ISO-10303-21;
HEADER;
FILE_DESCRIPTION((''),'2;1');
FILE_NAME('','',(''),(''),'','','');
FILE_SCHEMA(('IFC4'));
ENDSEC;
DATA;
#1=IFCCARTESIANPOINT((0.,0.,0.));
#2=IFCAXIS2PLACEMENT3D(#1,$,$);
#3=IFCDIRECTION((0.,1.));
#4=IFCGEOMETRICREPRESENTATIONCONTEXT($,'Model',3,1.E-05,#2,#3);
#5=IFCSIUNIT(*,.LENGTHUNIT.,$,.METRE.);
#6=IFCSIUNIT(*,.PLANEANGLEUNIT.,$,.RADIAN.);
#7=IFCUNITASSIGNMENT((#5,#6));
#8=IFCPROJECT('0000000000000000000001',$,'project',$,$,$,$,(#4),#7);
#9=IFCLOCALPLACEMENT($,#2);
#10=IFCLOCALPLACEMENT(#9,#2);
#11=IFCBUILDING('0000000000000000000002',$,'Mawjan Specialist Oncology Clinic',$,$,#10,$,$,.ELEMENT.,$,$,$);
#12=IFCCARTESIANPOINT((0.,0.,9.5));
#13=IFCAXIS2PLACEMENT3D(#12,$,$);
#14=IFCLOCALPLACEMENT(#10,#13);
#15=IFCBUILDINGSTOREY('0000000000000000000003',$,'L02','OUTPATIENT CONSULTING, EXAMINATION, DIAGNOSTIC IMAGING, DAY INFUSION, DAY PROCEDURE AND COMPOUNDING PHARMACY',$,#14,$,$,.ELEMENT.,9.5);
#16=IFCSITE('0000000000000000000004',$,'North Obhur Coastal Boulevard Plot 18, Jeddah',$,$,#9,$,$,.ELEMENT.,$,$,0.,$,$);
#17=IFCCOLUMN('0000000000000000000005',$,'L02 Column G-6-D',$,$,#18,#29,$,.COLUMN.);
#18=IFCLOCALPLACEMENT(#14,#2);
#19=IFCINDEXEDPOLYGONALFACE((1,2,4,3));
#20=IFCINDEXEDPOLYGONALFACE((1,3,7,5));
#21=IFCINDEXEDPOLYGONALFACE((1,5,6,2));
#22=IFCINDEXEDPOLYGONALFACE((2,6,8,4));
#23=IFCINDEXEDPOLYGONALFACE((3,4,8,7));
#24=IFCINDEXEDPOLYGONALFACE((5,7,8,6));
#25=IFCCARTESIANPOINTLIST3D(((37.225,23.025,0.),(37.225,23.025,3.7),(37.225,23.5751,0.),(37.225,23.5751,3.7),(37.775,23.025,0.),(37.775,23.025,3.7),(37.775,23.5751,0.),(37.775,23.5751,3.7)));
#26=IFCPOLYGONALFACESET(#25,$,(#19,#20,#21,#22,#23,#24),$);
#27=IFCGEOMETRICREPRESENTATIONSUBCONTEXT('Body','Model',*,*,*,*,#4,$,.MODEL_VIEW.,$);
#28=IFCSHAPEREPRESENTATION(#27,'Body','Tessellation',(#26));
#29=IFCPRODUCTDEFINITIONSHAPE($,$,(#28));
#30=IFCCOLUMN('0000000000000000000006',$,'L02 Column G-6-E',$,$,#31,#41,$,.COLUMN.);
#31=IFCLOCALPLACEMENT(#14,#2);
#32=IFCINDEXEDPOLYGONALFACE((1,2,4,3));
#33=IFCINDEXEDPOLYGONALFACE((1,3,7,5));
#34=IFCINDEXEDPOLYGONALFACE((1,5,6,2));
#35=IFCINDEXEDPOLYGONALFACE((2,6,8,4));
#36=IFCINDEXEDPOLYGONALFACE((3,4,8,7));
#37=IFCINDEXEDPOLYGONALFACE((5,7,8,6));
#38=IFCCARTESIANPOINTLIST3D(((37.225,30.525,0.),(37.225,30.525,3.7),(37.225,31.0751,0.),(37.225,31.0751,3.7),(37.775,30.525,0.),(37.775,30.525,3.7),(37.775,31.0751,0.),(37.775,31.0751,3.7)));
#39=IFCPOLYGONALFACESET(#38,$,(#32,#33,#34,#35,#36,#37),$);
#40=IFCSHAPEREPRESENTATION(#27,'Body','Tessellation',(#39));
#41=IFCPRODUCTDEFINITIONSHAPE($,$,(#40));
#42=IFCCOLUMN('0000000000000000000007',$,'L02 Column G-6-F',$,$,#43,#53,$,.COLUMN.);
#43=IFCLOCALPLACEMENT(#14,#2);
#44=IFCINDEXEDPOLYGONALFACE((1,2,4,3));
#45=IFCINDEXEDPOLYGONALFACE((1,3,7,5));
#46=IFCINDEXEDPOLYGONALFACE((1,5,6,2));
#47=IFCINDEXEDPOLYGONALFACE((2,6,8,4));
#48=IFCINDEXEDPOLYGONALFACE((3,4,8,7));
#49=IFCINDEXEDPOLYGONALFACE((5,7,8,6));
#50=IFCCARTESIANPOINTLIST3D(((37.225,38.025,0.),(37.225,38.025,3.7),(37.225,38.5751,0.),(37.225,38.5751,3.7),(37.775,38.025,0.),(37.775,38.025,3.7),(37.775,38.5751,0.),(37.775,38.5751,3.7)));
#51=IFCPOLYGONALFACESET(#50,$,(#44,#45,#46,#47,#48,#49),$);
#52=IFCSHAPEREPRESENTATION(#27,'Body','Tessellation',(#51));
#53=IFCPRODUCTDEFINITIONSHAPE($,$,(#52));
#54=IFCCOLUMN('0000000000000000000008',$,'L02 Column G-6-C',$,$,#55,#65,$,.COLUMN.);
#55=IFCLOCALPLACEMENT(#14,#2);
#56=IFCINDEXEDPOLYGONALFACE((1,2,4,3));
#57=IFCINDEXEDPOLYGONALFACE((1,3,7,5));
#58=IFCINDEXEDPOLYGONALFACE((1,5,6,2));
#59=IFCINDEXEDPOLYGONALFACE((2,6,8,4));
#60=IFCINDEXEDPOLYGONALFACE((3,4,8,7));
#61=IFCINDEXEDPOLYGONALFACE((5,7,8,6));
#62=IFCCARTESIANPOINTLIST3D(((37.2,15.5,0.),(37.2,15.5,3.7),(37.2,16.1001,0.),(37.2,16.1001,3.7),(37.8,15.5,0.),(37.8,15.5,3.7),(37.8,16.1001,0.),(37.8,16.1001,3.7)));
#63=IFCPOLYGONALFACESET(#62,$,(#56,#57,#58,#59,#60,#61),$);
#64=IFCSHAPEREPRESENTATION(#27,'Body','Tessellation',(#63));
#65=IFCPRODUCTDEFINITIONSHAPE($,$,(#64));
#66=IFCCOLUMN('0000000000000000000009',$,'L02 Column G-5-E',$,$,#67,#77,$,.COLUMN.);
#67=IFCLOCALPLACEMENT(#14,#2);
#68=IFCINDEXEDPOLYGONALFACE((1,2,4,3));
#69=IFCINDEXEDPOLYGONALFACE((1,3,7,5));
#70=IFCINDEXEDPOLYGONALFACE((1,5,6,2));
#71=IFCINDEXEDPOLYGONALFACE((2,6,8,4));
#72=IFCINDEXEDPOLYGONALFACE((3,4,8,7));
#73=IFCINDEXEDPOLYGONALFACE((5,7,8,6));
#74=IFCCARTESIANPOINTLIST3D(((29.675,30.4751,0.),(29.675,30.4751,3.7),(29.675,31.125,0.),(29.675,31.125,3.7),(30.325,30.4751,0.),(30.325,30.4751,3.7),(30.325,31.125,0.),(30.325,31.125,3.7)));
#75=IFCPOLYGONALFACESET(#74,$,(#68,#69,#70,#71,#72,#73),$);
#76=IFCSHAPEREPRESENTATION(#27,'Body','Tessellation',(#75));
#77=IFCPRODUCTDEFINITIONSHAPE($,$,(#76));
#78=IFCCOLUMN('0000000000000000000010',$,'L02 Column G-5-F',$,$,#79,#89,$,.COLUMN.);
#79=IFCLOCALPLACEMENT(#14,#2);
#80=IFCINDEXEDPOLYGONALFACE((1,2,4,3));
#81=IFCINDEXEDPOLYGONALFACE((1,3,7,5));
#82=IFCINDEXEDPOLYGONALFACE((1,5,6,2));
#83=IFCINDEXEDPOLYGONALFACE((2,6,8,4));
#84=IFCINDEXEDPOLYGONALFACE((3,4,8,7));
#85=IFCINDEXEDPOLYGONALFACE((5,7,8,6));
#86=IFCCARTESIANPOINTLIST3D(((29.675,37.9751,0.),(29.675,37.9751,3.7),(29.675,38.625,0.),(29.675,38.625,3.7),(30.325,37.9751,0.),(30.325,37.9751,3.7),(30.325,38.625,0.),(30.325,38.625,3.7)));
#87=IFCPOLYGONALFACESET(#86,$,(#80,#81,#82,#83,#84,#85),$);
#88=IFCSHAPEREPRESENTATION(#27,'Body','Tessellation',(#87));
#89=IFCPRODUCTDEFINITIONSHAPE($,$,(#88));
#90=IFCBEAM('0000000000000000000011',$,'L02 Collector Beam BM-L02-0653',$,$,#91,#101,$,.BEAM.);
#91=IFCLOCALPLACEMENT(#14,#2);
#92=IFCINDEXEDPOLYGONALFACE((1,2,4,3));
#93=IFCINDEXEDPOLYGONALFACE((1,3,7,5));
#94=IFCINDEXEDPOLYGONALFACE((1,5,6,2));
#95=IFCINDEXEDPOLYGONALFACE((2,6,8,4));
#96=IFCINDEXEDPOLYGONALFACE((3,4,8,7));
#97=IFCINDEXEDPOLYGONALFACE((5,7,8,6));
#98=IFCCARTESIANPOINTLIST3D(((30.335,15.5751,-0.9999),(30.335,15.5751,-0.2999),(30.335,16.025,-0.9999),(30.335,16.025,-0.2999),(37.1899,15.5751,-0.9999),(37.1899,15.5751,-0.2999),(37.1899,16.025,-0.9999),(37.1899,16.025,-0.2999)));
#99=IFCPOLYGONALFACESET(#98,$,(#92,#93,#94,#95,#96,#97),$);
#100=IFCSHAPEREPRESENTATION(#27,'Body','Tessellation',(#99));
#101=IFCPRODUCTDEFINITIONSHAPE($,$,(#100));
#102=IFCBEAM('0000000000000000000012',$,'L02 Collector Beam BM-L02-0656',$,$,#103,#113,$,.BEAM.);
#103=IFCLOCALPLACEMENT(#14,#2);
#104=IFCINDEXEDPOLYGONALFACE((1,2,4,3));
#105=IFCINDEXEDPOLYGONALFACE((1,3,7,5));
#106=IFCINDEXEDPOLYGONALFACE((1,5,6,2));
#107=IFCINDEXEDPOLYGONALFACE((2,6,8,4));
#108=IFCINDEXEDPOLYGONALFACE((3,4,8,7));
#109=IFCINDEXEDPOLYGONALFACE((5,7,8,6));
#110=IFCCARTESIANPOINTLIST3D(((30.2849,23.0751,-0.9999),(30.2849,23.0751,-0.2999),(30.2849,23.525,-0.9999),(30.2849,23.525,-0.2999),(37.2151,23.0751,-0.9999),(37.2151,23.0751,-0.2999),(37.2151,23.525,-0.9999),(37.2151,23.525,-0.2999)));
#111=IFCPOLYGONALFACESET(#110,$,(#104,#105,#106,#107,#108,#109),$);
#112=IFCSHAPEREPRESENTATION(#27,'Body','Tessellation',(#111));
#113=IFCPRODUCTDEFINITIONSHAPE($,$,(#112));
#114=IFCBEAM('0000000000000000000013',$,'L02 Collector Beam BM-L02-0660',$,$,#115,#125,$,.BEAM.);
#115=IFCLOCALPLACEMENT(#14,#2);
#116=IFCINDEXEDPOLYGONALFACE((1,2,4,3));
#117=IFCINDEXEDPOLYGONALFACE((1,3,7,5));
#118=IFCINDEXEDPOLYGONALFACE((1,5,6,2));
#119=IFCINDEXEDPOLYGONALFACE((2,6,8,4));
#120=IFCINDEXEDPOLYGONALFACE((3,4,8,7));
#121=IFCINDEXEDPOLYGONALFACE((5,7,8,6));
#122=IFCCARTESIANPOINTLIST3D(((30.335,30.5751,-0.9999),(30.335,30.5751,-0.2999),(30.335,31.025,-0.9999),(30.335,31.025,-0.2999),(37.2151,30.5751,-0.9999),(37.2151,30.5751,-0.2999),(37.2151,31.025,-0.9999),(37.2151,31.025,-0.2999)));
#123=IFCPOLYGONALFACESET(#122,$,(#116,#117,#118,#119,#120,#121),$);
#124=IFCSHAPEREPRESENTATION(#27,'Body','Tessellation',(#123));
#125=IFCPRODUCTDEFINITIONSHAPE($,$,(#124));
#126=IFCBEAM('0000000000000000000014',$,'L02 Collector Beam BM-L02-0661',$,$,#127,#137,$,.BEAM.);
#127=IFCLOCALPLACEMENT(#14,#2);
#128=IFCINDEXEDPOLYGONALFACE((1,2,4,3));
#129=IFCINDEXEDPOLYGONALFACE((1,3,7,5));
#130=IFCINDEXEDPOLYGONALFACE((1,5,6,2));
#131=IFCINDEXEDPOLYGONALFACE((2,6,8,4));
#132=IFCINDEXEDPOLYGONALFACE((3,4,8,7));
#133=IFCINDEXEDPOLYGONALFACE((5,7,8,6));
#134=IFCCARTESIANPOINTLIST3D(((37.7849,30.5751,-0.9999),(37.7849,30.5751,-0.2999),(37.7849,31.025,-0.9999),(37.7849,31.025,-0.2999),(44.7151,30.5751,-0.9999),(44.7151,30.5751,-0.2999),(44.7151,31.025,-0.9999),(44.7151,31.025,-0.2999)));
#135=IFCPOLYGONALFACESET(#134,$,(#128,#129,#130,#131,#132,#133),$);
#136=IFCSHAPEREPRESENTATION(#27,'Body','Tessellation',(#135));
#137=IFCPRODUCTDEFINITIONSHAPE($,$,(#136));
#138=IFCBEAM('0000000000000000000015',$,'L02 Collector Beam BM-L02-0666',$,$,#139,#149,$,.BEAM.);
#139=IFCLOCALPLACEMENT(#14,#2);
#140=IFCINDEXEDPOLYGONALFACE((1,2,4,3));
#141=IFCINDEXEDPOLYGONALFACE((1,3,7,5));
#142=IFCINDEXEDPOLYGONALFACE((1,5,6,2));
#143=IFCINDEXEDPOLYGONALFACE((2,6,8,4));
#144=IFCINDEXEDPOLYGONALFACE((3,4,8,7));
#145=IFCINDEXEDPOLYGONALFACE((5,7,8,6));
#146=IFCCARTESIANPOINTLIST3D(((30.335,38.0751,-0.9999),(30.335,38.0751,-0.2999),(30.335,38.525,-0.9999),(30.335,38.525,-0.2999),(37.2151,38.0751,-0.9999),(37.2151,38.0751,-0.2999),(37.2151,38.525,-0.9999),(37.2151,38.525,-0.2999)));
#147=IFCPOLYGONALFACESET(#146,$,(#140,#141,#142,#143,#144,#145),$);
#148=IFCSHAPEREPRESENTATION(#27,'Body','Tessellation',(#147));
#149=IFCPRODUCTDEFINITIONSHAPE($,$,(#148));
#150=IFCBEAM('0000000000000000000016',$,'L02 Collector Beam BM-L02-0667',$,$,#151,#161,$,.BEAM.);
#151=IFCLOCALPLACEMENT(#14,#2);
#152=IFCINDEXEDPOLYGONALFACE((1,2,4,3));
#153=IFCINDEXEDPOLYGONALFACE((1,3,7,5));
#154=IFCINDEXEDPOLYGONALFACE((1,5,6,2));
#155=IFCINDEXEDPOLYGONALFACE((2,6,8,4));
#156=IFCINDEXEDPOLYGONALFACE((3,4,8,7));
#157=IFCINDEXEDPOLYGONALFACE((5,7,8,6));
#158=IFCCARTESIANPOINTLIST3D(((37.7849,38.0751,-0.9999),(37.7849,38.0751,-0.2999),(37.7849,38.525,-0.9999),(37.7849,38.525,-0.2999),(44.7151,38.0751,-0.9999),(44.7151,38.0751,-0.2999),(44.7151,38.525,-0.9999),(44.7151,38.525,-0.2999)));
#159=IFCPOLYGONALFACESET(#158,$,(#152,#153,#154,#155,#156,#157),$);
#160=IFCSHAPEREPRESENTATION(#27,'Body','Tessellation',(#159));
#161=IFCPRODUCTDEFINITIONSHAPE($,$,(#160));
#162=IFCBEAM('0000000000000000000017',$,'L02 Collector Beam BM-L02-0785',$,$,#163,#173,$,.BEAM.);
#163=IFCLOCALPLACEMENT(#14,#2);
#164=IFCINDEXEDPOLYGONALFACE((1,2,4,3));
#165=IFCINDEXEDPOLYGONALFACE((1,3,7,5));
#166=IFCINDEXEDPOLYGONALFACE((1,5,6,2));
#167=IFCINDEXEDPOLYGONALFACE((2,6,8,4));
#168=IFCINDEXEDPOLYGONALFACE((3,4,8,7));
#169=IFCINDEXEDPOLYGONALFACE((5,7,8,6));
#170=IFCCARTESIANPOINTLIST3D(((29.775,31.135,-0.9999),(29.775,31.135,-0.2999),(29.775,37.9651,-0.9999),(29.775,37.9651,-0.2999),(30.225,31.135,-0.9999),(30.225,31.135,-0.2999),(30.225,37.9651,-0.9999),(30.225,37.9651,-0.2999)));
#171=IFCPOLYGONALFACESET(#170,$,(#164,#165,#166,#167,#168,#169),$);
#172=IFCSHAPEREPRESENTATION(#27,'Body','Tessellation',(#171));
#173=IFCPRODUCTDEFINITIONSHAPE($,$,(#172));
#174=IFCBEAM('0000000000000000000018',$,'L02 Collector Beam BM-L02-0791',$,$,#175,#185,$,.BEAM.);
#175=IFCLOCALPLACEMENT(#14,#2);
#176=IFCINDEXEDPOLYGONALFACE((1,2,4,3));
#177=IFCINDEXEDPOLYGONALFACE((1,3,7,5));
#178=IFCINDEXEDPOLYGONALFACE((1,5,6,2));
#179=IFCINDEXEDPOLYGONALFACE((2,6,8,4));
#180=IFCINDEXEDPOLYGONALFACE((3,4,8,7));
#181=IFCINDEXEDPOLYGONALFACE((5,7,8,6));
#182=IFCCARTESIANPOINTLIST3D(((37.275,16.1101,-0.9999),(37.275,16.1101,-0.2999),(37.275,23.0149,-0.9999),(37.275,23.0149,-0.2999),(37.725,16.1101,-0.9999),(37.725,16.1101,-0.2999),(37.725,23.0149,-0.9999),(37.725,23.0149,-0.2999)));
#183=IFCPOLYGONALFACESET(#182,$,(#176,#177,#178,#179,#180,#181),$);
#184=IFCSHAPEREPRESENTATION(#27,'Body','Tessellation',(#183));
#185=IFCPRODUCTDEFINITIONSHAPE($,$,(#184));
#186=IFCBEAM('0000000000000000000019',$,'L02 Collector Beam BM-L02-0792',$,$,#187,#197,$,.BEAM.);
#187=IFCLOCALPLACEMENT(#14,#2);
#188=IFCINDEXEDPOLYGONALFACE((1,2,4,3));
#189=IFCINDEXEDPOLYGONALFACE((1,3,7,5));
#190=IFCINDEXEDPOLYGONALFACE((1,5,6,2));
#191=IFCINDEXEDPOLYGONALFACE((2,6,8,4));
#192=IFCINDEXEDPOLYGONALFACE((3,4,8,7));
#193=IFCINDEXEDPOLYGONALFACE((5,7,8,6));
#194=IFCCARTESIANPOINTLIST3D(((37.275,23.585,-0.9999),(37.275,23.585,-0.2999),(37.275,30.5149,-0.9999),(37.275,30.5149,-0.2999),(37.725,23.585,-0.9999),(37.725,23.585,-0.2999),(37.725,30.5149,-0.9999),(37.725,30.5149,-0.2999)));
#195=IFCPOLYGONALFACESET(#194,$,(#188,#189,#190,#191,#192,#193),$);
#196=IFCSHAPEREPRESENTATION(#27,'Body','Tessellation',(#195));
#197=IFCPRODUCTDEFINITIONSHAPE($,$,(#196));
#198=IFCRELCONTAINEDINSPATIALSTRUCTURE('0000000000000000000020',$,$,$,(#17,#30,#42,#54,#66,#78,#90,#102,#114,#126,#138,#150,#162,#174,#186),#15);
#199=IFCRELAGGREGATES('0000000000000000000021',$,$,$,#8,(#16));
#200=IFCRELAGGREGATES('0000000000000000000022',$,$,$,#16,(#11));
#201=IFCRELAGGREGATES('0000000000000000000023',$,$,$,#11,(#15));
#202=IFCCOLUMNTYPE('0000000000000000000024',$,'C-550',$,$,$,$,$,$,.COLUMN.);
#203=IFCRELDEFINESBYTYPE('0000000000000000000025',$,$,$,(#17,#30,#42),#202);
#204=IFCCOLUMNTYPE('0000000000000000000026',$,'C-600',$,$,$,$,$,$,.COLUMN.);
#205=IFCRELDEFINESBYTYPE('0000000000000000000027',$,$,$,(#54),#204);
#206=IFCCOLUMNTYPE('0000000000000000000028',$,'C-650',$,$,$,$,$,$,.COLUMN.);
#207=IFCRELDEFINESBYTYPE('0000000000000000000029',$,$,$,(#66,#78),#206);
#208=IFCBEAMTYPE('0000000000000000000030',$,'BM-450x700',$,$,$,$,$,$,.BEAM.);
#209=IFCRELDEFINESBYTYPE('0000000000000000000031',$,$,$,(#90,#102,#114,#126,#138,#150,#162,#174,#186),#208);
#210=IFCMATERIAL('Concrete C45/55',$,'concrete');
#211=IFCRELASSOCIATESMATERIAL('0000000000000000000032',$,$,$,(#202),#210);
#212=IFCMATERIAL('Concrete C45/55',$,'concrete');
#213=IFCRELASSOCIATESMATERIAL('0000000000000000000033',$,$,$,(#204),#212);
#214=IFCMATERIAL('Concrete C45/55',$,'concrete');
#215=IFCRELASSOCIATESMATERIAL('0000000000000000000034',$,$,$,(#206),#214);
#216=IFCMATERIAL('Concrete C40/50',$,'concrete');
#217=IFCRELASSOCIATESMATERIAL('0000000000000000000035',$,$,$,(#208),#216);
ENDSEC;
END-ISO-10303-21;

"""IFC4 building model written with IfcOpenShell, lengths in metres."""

from ifc_helpers import new_model, si_unit, direction, frame, origin, origin_2d, place, context, subcontext, project, spatial, rectangle, extrude, material, material_profile, profile_set, type_object, element, save


model = new_model("IFC4")

# Units and contexts
model_context = context("Model", 3, precision=1e-05, world=origin(), true_north=direction((0.0, 1.0)))
body_context = subcontext(model_context, "Body", "Model", "MODEL_VIEW")
ifc_project = project(units=[si_unit("LENGTHUNIT", "METRE"), si_unit("PLANEANGLEUNIT", "RADIAN")], contexts=[model_context])

# Site, building, storey
site_placement = place(None, origin())
site = spatial("IfcSite", under=ifc_project, at=site_placement, Name="North Obhur Coastal Boulevard Plot 18, Jeddah", CompositionType="ELEMENT", RefElevation=0.0)
building_placement = place(site_placement, origin())
building = spatial("IfcBuilding", under=site, at=building_placement, Name="Mawjan Specialist Oncology Clinic", CompositionType="ELEMENT")
storey_placement = place(building_placement, frame((0.0, 0.0, 9.5)))
storey = spatial("IfcBuildingStorey", under=building, at=storey_placement, Name="L02", Description="OUTPATIENT CONSULTING, EXAMINATION, DIAGNOSTIC IMAGING, DAY INFUSION, DAY PROCEDURE AND COMPOUNDING PHARMACY", CompositionType="ELEMENT", Elevation=9.5)

# Columns
ifc_material_1 = material(Name="Concrete C45/55", Category="concrete")
ifc_material_profile_1 = material_profile(ifc_material_1, rectangle(XDim=0.55, YDim=0.55, at=origin_2d()), Name="RC COL 550x550", Category="concrete")
ifc_profile_set_1 = profile_set([ifc_material_profile_1], Name="Concrete C45/55")
column_type_1 = type_object("IfcColumnType", Name="C-550", PredefinedType="COLUMN", material=ifc_profile_set_1)
for number, where, z_axis, x_axis, name in (
    (1, (37.5, 23.3, 0.0), (0.0, 0.0, 1.0), (1.0, 0.0, 0.0), "L02 Column G-6-D"),
    (2, (37.5, 30.8, 0.0), (0.0, 0.0, 1.0), (1.0, 0.0, 0.0), "L02 Column G-6-E"),
    (3, (37.5, 38.3, 0.0), (0.0, 0.0, 1.0), (1.0, 0.0, 0.0), "L02 Column G-6-F"),
):
    element("IfcColumn", number, at=place(storey_placement, frame(where, z_axis=z_axis, x_axis=x_axis)), inside=storey, type_object=column_type_1, Name=name, PredefinedType="COLUMN", context=body_context, shape_type="SweptSolid", body=[
        extrude(rectangle(XDim=0.55, YDim=0.55, at=origin_2d()), origin(), (0.0, 0.0, 1.0), 3.7),
    ])
ifc_material_2 = material(Name="Concrete C45/55", Category="concrete")
ifc_material_profile_2 = material_profile(ifc_material_2, rectangle(XDim=0.6001, YDim=0.6001, at=origin_2d()), Name="RC COL 600x600", Category="concrete")
ifc_profile_set_2 = profile_set([ifc_material_profile_2], Name="Concrete C45/55")
column_type_2 = type_object("IfcColumnType", Name="C-600", PredefinedType="COLUMN", material=ifc_profile_set_2)
column_placement = place(storey_placement, frame((37.5, 15.8, 0.0), z_axis=(0.0, 0.0, 1.0), x_axis=(1.0, 0.0, 0.0)))
element("IfcColumn", 4, at=column_placement, inside=storey, type_object=column_type_2, Name="L02 Column G-6-C", PredefinedType="COLUMN", context=body_context, shape_type="SweptSolid", body=[
    extrude(rectangle(XDim=0.6001, YDim=0.6001, at=origin_2d()), origin(), (0.0, 0.0, 1.0), 3.7),
])
ifc_material_3 = material(Name="Concrete C45/55", Category="concrete")
ifc_material_profile_3 = material_profile(ifc_material_3, rectangle(XDim=0.6499, YDim=0.6499, at=origin_2d()), Name="RC COL 650x650", Category="concrete")
ifc_profile_set_3 = profile_set([ifc_material_profile_3], Name="Concrete C45/55")
column_type_3 = type_object("IfcColumnType", Name="C-650", PredefinedType="COLUMN", material=ifc_profile_set_3)
for number, where, z_axis, x_axis, name in (
    (5, (30.0, 30.8, 0.0), (0.0, 0.0, 1.0), (1.0, 0.0, 0.0), "L02 Column G-5-E"),
    (6, (30.0, 38.3, 0.0), (0.0, 0.0, 1.0), (1.0, 0.0, 0.0), "L02 Column G-5-F"),
):
    element("IfcColumn", number, at=place(storey_placement, frame(where, z_axis=z_axis, x_axis=x_axis)), inside=storey, type_object=column_type_3, Name=name, PredefinedType="COLUMN", context=body_context, shape_type="SweptSolid", body=[
        extrude(rectangle(XDim=0.6499, YDim=0.6499, at=origin_2d()), origin(), (0.0, 0.0, 1.0), 3.7),
    ])

# Beams
ifc_material_4 = material(Name="Concrete C40/50", Category="concrete")
ifc_material_profile_4 = material_profile(ifc_material_4, rectangle(XDim=0.45, YDim=0.7, at=origin_2d()), Name="RC BM 450x700", Category="concrete")
ifc_profile_set_4 = profile_set([ifc_material_profile_4], Name="Concrete C40/50")
beam_type_1 = type_object("IfcBeamType", Name="BM-450x700", PredefinedType="BEAM", material=ifc_profile_set_4)
beam_1_placement = place(storey_placement, frame((30.335, 15.8, -0.6499), z_axis=(1.0, 0.0, 0.0), x_axis=(0.0, 1.0, 0.0)))
element("IfcBeam", 7, at=beam_1_placement, inside=storey, type_object=beam_type_1, Name="L02 Collector Beam BM-L02-0653", PredefinedType="BEAM", context=body_context, shape_type="SweptSolid", body=[
    extrude(rectangle(XDim=0.45, YDim=0.7, at=origin_2d()), origin(), (0.0, 0.0, 1.0), 6.855),
])
beam_2_placement = place(storey_placement, frame((30.2849, 23.3, -0.6499), z_axis=(1.0, 0.0, 0.0), x_axis=(0.0, 1.0, 0.0)))
element("IfcBeam", 8, at=beam_2_placement, inside=storey, type_object=beam_type_1, Name="L02 Collector Beam BM-L02-0656", PredefinedType="BEAM", context=body_context, shape_type="SweptSolid", body=[
    extrude(rectangle(XDim=0.45, YDim=0.7, at=origin_2d()), origin(), (0.0, 0.0, 1.0), 6.9302),
])
beam_3_placement = place(storey_placement, frame((30.335, 30.8, -0.6499), z_axis=(1.0, 0.0, 0.0), x_axis=(0.0, 1.0, 0.0)))
element("IfcBeam", 9, at=beam_3_placement, inside=storey, type_object=beam_type_1, Name="L02 Collector Beam BM-L02-0660", PredefinedType="BEAM", context=body_context, shape_type="SweptSolid", body=[
    extrude(rectangle(XDim=0.45, YDim=0.7, at=origin_2d()), origin(), (0.0, 0.0, 1.0), 6.8801),
])
beam_4_placement = place(storey_placement, frame((37.7849, 30.8, -0.6499), z_axis=(1.0, 0.0, 0.0), x_axis=(0.0, 1.0, 0.0)))
element("IfcBeam", 10, at=beam_4_placement, inside=storey, type_object=beam_type_1, Name="L02 Collector Beam BM-L02-0661", PredefinedType="BEAM", context=body_context, shape_type="SweptSolid", body=[
    extrude(rectangle(XDim=0.45, YDim=0.7, at=origin_2d()), origin(), (0.0, 0.0, 1.0), 6.9302),
])
beam_5_placement = place(storey_placement, frame((30.335, 38.3, -0.6499), z_axis=(1.0, 0.0, 0.0), x_axis=(0.0, 1.0, 0.0)))
element("IfcBeam", 11, at=beam_5_placement, inside=storey, type_object=beam_type_1, Name="L02 Collector Beam BM-L02-0666", PredefinedType="BEAM", context=body_context, shape_type="SweptSolid", body=[
    extrude(rectangle(XDim=0.45, YDim=0.7, at=origin_2d()), origin(), (0.0, 0.0, 1.0), 6.8801),
])
beam_6_placement = place(storey_placement, frame((37.7849, 38.3, -0.6499), z_axis=(1.0, 0.0, 0.0), x_axis=(0.0, 1.0, 0.0)))
element("IfcBeam", 12, at=beam_6_placement, inside=storey, type_object=beam_type_1, Name="L02 Collector Beam BM-L02-0667", PredefinedType="BEAM", context=body_context, shape_type="SweptSolid", body=[
    extrude(rectangle(XDim=0.45, YDim=0.7, at=origin_2d()), origin(), (0.0, 0.0, 1.0), 6.9302),
])
beam_7_placement = place(storey_placement, frame((30.0, 31.135, -0.6499), z_axis=(0.0, 1.0, 0.0), x_axis=(-1.0, 0.0, 0.0)))
element("IfcBeam", 13, at=beam_7_placement, inside=storey, type_object=beam_type_1, Name="L02 Collector Beam BM-L02-0785", PredefinedType="BEAM", context=body_context, shape_type="SweptSolid", body=[
    extrude(rectangle(XDim=0.45, YDim=0.7, at=origin_2d()), origin(), (0.0, 0.0, 1.0), 6.8301),
])
beam_8_placement = place(storey_placement, frame((37.5, 16.1101, -0.6499), z_axis=(0.0, 1.0, 0.0), x_axis=(-1.0, 0.0, 0.0)))
element("IfcBeam", 14, at=beam_8_placement, inside=storey, type_object=beam_type_1, Name="L02 Collector Beam BM-L02-0791", PredefinedType="BEAM", context=body_context, shape_type="SweptSolid", body=[
    extrude(rectangle(XDim=0.45, YDim=0.7, at=origin_2d()), origin(), (0.0, 0.0, 1.0), 6.9048),
])
for number, where, z_axis, x_axis, name in (
    (15, (37.5, 23.585, -0.6499), (0.0, 1.0, 0.0), (-1.0, 0.0, 0.0), "L02 Collector Beam BM-L02-0792"),
):
    element("IfcBeam", number, at=place(storey_placement, frame(where, z_axis=z_axis, x_axis=x_axis)), inside=storey, type_object=beam_type_1, Name=name, PredefinedType="BEAM", context=body_context, shape_type="SweptSolid", body=[
        extrude(rectangle(XDim=0.45, YDim=0.7, at=origin_2d()), origin(), (0.0, 0.0, 1.0), 6.9299),
    ])

save(model, "model.ifc")
